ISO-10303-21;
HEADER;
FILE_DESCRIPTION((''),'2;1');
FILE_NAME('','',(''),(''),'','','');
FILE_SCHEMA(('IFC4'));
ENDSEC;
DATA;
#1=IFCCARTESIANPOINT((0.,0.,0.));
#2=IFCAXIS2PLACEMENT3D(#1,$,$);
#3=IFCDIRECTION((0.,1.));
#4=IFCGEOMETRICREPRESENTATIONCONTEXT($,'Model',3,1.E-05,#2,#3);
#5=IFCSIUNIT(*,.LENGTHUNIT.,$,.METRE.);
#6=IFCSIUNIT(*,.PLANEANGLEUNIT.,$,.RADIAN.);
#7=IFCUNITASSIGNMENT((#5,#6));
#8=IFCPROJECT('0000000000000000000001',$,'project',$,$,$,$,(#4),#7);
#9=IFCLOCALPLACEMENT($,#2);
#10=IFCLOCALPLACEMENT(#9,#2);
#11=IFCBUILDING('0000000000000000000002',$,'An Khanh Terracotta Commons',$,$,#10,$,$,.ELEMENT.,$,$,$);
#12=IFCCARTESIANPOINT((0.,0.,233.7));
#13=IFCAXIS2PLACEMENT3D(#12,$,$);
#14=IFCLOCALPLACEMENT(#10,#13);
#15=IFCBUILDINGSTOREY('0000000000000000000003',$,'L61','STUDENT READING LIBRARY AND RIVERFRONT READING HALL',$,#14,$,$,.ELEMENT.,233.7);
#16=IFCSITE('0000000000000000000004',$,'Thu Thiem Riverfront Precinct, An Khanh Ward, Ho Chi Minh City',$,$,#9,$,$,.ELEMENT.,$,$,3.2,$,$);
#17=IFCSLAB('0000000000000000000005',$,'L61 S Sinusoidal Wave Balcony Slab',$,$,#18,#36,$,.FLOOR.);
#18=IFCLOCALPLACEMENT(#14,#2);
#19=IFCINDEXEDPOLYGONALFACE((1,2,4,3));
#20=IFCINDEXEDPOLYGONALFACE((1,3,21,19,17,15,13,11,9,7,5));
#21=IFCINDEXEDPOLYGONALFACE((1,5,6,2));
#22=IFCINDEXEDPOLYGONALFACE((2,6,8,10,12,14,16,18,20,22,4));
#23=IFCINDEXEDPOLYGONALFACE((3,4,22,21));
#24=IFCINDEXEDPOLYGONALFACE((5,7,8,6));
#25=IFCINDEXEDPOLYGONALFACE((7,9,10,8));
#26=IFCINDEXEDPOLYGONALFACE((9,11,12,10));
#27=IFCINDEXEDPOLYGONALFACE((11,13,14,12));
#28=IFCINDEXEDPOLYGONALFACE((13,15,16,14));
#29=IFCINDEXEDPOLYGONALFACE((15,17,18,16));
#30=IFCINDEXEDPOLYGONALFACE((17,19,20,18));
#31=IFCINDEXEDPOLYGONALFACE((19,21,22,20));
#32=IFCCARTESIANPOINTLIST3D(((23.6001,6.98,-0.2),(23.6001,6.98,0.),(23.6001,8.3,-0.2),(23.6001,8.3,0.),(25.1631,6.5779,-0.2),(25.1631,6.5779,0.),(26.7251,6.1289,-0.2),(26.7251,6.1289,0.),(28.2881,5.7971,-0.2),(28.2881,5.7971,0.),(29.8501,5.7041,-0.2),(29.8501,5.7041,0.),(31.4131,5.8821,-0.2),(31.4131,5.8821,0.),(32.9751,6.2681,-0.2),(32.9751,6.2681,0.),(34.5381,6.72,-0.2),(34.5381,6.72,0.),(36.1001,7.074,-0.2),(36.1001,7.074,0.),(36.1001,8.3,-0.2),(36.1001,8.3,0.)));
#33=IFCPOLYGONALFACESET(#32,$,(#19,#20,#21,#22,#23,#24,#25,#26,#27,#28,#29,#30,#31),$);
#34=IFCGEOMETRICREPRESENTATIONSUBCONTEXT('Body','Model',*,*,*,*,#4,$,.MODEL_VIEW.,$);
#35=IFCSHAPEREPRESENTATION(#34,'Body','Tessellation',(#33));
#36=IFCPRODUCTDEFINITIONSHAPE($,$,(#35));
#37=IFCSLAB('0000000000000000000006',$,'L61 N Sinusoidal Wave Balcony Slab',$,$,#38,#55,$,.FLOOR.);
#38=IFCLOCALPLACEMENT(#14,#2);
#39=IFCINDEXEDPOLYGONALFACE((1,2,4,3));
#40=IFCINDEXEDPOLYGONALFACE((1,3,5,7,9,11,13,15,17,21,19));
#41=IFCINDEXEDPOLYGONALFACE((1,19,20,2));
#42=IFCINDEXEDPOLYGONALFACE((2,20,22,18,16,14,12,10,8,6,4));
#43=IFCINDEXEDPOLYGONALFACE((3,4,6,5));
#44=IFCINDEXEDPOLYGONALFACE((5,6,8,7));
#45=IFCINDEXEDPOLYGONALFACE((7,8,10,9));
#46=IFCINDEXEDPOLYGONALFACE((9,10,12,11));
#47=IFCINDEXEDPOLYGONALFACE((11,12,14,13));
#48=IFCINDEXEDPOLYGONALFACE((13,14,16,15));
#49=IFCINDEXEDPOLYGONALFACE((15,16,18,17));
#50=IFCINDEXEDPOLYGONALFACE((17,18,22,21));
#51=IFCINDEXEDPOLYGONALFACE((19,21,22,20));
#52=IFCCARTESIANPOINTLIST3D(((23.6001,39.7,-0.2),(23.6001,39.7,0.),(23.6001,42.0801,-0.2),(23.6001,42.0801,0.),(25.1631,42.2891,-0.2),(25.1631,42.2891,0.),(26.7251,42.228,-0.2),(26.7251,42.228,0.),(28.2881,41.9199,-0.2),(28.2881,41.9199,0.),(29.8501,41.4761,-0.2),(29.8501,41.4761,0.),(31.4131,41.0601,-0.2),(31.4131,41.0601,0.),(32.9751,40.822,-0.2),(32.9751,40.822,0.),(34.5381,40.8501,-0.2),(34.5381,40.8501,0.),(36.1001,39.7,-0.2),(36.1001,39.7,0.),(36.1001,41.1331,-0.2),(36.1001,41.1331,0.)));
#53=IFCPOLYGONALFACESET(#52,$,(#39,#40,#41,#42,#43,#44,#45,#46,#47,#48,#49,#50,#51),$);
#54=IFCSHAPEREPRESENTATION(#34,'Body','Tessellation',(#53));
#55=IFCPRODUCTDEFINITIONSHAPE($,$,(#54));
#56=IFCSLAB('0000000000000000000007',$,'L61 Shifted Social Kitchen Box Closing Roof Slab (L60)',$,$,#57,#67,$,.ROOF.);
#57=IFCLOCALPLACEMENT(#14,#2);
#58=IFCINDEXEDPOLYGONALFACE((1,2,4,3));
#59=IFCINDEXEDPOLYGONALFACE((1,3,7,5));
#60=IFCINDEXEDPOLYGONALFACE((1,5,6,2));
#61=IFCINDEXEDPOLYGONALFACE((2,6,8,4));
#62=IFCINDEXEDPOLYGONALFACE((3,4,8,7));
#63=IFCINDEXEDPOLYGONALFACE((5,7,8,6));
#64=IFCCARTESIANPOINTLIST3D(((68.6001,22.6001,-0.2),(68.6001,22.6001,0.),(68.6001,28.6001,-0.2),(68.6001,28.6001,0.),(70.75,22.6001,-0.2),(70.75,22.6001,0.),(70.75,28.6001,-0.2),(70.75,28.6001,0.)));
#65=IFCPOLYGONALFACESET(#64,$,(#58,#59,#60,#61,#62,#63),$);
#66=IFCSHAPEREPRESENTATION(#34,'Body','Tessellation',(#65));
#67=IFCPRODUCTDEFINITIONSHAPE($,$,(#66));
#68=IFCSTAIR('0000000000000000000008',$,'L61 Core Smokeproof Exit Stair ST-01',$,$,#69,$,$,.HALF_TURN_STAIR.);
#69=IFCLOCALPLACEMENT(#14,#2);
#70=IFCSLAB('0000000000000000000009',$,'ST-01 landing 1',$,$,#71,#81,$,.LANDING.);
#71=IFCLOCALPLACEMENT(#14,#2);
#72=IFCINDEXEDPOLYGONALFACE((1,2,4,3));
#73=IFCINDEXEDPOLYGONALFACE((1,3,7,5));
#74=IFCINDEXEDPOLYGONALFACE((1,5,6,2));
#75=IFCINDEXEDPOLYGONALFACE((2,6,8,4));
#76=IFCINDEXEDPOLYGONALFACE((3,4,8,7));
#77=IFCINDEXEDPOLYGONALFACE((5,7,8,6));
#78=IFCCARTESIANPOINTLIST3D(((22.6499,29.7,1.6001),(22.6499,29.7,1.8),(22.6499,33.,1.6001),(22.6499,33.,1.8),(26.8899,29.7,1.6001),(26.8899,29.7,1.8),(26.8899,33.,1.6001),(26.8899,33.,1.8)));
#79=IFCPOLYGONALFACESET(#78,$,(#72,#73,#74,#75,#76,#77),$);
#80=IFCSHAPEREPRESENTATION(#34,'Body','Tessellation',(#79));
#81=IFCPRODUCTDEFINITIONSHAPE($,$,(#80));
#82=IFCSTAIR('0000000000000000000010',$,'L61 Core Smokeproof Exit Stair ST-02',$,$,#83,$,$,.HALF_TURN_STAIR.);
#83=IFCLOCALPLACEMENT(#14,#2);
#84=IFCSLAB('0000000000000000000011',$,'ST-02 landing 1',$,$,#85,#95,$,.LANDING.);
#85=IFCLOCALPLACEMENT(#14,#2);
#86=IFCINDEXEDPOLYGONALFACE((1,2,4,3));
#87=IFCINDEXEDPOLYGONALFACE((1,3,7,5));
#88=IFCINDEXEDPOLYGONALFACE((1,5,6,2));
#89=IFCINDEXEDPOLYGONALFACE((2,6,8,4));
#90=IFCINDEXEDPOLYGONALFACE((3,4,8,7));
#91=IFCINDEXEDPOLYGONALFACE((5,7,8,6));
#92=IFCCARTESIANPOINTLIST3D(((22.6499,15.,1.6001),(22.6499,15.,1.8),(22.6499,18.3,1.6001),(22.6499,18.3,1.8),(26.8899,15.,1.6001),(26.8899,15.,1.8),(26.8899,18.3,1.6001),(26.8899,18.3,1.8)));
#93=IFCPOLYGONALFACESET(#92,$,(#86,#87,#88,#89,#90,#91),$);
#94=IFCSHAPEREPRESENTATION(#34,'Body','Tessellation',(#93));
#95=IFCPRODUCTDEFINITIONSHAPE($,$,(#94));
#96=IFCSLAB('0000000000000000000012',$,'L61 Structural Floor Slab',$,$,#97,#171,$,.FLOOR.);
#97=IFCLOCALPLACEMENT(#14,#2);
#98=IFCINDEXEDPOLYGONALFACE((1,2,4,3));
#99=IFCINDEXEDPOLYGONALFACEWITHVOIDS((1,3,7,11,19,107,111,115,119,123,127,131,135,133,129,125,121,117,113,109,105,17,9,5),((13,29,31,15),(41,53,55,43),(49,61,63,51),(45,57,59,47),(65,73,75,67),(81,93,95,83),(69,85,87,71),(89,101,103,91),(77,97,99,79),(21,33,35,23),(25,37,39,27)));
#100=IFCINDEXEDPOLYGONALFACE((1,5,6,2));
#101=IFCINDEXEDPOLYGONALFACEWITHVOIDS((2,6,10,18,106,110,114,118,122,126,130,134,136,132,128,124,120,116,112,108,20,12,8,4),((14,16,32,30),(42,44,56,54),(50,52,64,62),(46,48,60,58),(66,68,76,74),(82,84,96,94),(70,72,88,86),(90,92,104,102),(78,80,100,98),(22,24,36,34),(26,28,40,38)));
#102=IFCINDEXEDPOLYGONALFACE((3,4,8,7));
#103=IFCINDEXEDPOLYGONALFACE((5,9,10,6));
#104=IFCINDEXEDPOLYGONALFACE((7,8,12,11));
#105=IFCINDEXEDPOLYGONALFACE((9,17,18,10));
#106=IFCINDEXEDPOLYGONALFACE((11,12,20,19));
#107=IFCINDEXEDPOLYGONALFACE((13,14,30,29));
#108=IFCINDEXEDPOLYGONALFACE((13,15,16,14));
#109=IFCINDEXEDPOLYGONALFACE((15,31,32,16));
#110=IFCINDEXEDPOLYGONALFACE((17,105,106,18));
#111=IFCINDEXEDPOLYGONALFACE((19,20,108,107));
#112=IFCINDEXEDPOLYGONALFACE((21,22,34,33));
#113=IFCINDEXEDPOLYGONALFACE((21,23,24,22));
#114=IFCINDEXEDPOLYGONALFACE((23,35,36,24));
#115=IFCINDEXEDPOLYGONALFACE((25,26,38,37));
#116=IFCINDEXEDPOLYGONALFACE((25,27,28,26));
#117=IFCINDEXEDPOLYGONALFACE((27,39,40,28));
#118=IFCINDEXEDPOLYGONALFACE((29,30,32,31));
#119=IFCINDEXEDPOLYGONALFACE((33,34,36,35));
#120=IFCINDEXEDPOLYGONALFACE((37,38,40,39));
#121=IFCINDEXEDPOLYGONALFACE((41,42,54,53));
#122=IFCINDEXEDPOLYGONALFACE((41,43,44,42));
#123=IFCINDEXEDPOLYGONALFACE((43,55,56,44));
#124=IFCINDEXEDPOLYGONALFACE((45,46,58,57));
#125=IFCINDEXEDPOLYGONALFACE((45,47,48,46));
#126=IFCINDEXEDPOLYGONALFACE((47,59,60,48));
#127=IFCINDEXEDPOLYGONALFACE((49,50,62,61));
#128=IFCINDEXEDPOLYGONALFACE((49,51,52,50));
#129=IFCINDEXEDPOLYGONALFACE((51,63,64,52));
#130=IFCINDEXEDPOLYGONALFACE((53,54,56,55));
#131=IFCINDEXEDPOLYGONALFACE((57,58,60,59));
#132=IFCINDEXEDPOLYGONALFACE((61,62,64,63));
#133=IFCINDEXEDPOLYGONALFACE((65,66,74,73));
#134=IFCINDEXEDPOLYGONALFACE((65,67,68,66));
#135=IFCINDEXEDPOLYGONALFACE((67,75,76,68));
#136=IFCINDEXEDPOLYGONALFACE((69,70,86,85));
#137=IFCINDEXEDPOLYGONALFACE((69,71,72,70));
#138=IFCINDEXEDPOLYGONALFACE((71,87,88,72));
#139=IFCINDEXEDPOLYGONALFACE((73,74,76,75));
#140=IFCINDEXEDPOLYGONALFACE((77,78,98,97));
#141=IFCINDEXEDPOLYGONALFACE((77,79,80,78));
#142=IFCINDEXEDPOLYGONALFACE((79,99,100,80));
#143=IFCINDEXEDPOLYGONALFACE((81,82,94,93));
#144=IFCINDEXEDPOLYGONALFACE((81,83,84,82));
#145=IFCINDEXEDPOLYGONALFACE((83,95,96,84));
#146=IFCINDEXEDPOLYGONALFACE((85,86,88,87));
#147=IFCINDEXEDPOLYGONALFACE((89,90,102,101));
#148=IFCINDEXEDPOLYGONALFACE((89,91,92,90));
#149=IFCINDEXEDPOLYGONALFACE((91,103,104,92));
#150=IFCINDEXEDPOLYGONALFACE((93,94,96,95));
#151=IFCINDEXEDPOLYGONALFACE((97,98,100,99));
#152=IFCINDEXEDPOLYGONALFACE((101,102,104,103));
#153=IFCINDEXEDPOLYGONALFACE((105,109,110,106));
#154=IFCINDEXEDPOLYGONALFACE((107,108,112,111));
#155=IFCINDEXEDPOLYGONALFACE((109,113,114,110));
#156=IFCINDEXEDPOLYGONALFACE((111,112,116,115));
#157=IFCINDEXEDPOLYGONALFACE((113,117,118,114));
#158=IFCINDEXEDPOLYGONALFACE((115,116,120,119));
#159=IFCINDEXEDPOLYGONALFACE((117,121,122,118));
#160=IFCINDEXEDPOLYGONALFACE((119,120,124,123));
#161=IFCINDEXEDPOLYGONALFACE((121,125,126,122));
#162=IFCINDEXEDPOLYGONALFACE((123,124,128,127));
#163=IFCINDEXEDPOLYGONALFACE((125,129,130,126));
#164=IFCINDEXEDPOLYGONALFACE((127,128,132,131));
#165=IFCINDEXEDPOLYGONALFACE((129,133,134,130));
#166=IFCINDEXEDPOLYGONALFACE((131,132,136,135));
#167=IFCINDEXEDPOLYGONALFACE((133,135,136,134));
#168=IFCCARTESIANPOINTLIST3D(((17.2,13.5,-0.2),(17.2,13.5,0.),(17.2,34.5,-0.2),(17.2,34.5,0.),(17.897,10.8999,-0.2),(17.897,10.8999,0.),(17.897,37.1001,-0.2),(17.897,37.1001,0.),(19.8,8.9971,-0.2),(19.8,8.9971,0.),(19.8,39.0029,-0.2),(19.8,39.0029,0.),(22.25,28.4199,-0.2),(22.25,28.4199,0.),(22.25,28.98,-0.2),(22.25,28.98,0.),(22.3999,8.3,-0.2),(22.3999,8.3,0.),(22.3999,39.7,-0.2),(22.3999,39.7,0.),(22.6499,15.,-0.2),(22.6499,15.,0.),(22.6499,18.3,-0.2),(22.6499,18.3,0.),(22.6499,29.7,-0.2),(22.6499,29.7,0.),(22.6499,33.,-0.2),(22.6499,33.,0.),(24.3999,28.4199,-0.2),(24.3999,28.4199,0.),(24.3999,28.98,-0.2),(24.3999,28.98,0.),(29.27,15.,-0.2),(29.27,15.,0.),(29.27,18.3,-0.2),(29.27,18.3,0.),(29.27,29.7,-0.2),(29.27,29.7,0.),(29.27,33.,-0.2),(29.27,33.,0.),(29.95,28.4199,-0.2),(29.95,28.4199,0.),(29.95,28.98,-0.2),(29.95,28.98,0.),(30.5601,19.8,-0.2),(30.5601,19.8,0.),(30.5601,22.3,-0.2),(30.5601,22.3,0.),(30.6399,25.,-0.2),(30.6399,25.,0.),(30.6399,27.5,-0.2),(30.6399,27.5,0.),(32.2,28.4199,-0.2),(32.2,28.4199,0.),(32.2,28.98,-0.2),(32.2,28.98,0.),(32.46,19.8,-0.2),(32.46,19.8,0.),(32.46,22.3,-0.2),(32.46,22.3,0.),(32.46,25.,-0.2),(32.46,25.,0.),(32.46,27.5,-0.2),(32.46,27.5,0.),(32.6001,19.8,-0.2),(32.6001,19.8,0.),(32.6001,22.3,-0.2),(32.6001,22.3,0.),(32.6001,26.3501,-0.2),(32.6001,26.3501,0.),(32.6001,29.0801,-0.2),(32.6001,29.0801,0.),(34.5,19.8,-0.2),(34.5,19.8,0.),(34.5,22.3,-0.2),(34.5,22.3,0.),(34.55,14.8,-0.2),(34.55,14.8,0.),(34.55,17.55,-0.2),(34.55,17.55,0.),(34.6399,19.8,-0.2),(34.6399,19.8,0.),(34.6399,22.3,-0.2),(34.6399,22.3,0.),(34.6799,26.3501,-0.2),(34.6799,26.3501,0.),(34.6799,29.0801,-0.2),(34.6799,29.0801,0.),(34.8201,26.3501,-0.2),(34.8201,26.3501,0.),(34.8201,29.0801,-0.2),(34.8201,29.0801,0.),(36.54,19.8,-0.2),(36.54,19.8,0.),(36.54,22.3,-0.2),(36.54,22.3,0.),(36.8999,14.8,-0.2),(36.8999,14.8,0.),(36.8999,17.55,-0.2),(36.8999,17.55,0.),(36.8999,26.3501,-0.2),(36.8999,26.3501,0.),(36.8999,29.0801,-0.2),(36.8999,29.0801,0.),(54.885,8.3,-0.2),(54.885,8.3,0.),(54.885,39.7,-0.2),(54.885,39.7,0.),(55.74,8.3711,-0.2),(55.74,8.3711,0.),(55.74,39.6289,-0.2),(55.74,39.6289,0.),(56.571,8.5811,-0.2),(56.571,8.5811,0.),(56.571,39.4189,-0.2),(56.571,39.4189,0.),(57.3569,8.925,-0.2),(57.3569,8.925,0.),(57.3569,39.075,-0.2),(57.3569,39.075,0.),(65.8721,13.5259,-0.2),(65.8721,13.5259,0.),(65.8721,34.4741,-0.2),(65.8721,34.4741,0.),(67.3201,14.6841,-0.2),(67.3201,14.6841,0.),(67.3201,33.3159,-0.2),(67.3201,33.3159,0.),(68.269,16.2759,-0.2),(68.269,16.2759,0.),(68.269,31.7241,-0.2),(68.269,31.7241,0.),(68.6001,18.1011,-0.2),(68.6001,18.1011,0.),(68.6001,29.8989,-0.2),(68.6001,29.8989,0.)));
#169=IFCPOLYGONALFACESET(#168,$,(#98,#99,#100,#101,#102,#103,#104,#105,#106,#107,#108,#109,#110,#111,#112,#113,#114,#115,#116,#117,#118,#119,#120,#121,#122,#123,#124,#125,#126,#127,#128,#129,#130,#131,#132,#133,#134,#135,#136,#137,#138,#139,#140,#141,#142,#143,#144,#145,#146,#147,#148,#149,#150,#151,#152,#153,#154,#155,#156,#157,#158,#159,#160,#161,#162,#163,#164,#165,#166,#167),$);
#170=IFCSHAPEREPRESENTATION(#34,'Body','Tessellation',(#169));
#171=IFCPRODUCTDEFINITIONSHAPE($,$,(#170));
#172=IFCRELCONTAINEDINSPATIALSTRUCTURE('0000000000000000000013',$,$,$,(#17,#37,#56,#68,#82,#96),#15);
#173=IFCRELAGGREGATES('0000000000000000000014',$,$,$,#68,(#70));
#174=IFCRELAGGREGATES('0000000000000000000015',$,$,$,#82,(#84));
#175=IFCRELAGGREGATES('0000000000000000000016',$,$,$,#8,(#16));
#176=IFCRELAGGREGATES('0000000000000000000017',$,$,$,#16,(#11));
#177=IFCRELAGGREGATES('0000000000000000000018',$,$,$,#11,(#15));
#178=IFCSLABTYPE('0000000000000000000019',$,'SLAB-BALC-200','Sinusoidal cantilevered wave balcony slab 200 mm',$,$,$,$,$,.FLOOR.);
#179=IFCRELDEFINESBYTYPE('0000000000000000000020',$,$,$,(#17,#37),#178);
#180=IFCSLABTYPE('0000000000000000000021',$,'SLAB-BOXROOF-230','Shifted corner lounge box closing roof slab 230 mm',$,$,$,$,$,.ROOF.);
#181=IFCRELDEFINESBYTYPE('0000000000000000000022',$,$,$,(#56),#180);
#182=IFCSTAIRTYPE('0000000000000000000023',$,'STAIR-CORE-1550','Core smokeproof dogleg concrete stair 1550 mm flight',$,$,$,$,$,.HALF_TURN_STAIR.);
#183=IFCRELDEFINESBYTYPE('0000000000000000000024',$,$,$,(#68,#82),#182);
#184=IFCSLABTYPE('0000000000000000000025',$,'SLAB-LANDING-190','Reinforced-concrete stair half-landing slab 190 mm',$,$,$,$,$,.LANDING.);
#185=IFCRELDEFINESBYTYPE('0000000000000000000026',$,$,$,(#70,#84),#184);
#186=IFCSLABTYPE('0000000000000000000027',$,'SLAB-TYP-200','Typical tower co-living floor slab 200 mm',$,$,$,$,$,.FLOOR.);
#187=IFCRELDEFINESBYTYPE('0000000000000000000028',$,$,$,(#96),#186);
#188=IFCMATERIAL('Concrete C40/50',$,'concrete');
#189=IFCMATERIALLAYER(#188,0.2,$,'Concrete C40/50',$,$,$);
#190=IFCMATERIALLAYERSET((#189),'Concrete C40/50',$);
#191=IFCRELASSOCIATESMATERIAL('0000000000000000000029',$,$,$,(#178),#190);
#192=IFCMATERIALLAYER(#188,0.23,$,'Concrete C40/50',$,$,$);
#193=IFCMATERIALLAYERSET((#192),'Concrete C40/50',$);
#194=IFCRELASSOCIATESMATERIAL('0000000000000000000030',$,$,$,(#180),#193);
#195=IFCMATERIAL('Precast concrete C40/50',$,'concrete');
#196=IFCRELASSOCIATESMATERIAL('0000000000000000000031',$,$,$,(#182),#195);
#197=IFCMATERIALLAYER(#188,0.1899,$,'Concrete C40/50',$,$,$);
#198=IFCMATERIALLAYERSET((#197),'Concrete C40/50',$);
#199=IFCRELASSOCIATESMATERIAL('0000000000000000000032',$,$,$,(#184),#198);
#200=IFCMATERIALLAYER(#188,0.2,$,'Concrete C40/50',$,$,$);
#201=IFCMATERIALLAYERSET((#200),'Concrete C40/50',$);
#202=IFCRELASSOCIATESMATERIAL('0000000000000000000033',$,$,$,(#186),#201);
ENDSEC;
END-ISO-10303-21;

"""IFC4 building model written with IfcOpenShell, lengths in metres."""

from ifc_helpers import new_model, si_unit, direction, frame, origin, place, context, subcontext, project, spatial, polyline, outline, extrude, material, layer, layer_set, type_object, element, aggregate, save


model = new_model("IFC4")

# Units and contexts
model_context = context("Model", 3, precision=1e-05, world=origin(), true_north=direction((0.0, 1.0)))
body_context = subcontext(model_context, "Body", "Model", "MODEL_VIEW")
ifc_project = project(units=[si_unit("LENGTHUNIT", "METRE"), si_unit("PLANEANGLEUNIT", "RADIAN")], contexts=[model_context])

# Site, building, storey
site_placement = place(None, origin())
site = spatial("IfcSite", under=ifc_project, at=site_placement, Name="Thu Thiem Riverfront Precinct, An Khanh Ward, Ho Chi Minh City", CompositionType="ELEMENT", RefElevation=3.2)
building_placement = place(site_placement, origin())
building = spatial("IfcBuilding", under=site, at=building_placement, Name="An Khanh Terracotta Commons", CompositionType="ELEMENT")
storey_placement = place(building_placement, frame((0.0, 0.0, 233.7)))
storey = spatial("IfcBuildingStorey", under=building, at=storey_placement, Name="L61", Description="STUDENT READING LIBRARY AND RIVERFRONT READING HALL", CompositionType="ELEMENT", Elevation=233.7)

# Slabs
ifc_material_1 = material(Name="Concrete C40/50", Category="concrete")
ifc_layer_1 = layer(ifc_material_1, 0.2, Name="Concrete C40/50")
ifc_layer_set_1 = layer_set([ifc_layer_1], Name="Concrete C40/50")
slab_type_1 = type_object("IfcSlabType", Name="SLAB-BALC-200", Description="Sinusoidal cantilevered wave balcony slab 200 mm", PredefinedType="FLOOR", material=ifc_layer_set_1)
slab_1_placement = place(storey_placement, frame((0.0, 0.0, -0.2)))
element("IfcSlab", 1, at=slab_1_placement, inside=storey, type_object=slab_type_1, Name="L61 S Sinusoidal Wave Balcony Slab", PredefinedType="FLOOR", context=body_context, shape_type="SweptSolid", body=[
    extrude(outline(polyline([(23.6001, 8.3), (23.6001, 6.98), (25.1631, 6.5779), (26.7251, 6.1289), (28.2881, 5.7971), (29.8501, 5.7041), (31.4131, 5.8821), (32.9751, 6.2681), (34.5381, 6.72), (36.1001, 7.074), (36.1001, 8.3), (23.6001, 8.3)])), origin(), (0.0, 0.0, 1.0), 0.2),
])
slab_2_placement = place(storey_placement, frame((0.0, 0.0, -0.2)))
element("IfcSlab", 2, at=slab_2_placement, inside=storey, type_object=slab_type_1, Name="L61 N Sinusoidal Wave Balcony Slab", PredefinedType="FLOOR", context=body_context, shape_type="SweptSolid", body=[
    extrude(outline(polyline([(36.1001, 39.7), (36.1001, 41.1331), (34.5381, 40.8501), (32.9751, 40.822), (31.4131, 41.0601), (29.8501, 41.4761), (28.2881, 41.9199), (26.7251, 42.228), (25.1631, 42.2891), (23.6001, 42.0801), (23.6001, 39.7), (36.1001, 39.7)])), origin(), (0.0, 0.0, 1.0), 0.2),
])
ifc_layer_2 = layer(ifc_material_1, 0.23, Name="Concrete C40/50")
ifc_layer_set_2 = layer_set([ifc_layer_2], Name="Concrete C40/50")
slab_type_2 = type_object("IfcSlabType", Name="SLAB-BOXROOF-230", Description="Shifted corner lounge box closing roof slab 230 mm", PredefinedType="ROOF", material=ifc_layer_set_2)
slab_3_placement = place(storey_placement, frame((0.0, 0.0, -0.2)))
element("IfcSlab", 3, at=slab_3_placement, inside=storey, type_object=slab_type_2, Name="L61 Shifted Social Kitchen Box Closing Roof Slab (L60)", PredefinedType="ROOF", context=body_context, shape_type="SweptSolid", body=[
    extrude(outline(polyline([(68.6001, 22.6001), (70.75, 22.6001), (70.75, 28.6001), (68.6001, 28.6001), (68.6001, 22.6001)])), origin(), (0.0, 0.0, 1.0), 0.2),
])

# Stairs, slabs
ifc_material_2 = material(Name="Precast concrete C40/50", Category="concrete")
stair_type = type_object("IfcStairType", Name="STAIR-CORE-1550", Description="Core smokeproof dogleg concrete stair 1550 mm flight", PredefinedType="HALF_TURN_STAIR", material=ifc_material_2)
stair_1_placement = place(storey_placement, origin())
stair_1 = element("IfcStair", 4, at=stair_1_placement, inside=storey, type_object=stair_type, Name="L61 Core Smokeproof Exit Stair ST-01", PredefinedType="HALF_TURN_STAIR")
ifc_layer_3 = layer(ifc_material_1, 0.1899, Name="Concrete C40/50")
ifc_layer_set_3 = layer_set([ifc_layer_3], Name="Concrete C40/50")
slab_type_3 = type_object("IfcSlabType", Name="SLAB-LANDING-190", Description="Reinforced-concrete stair half-landing slab 190 mm", PredefinedType="LANDING", material=ifc_layer_set_3)
slab_4_placement = place(storey_placement, frame((0.0, 0.0, 1.6001)))
slab_4 = element("IfcSlab", 5, at=slab_4_placement, type_object=slab_type_3, Name="ST-01 landing 1", PredefinedType="LANDING", context=body_context, shape_type="SweptSolid", body=[
    extrude(outline(polyline([(26.8899, 33.0), (22.6499, 33.0), (22.6499, 29.7), (26.8899, 29.7), (26.8899, 33.0)])), origin(), (0.0, 0.0, 1.0), 0.2),
])
aggregate(stair_1, [slab_4])
stair_2_placement = place(storey_placement, origin())
stair_2 = element("IfcStair", 6, at=stair_2_placement, inside=storey, type_object=stair_type, Name="L61 Core Smokeproof Exit Stair ST-02", PredefinedType="HALF_TURN_STAIR")
slab_5_placement = place(storey_placement, frame((0.0, 0.0, 1.6001)))
slab_5 = element("IfcSlab", 7, at=slab_5_placement, type_object=slab_type_3, Name="ST-02 landing 1", PredefinedType="LANDING", context=body_context, shape_type="SweptSolid", body=[
    extrude(outline(polyline([(26.8899, 18.3), (22.6499, 18.3), (22.6499, 15.0), (26.8899, 15.0), (26.8899, 18.3)])), origin(), (0.0, 0.0, 1.0), 0.2),
])
aggregate(stair_2, [slab_5])

# Slab
ifc_layer_4 = layer(ifc_material_1, 0.2, Name="Concrete C40/50")
ifc_layer_set_4 = layer_set([ifc_layer_4], Name="Concrete C40/50")
slab_type_4 = type_object("IfcSlabType", Name="SLAB-TYP-200", Description="Typical tower co-living floor slab 200 mm", PredefinedType="FLOOR", material=ifc_layer_set_4)
slab_6_placement = place(storey_placement, frame((0.0, 0.0, -0.2)))
element("IfcSlab", 8, at=slab_6_placement, inside=storey, type_object=slab_type_4, Name="L61 Structural Floor Slab", PredefinedType="FLOOR", context=body_context, shape_type="SweptSolid", body=[
    extrude(outline(polyline([(17.2, 13.5), (17.897, 10.8999), (19.8, 8.9971), (22.3999, 8.3), (54.885, 8.3), (55.74, 8.3711), (56.571, 8.5811), (57.3569, 8.925), (65.8721, 13.5259), (67.3201, 14.6841), (68.269, 16.2759), (68.6001, 18.1011), (68.6001, 29.8989), (68.269, 31.7241), (67.3201, 33.3159), (65.8721, 34.4741), (57.3569, 39.075), (56.571, 39.4189), (55.74, 39.6289), (54.885, 39.7), (22.3999, 39.7), (19.8, 39.0029), (17.897, 37.1001), (17.2, 34.5), (17.2, 13.5)]), holes=[polyline([(22.6499, 29.7), (29.27, 29.7), (29.27, 33.0), (22.6499, 33.0), (22.6499, 29.7)]), polyline([(22.6499, 15.0), (29.27, 15.0), (29.27, 18.3), (22.6499, 18.3), (22.6499, 15.0)]), polyline([(32.6001, 26.3501), (34.6799, 26.3501), (34.6799, 29.0801), (32.6001, 29.0801), (32.6001, 26.3501)]), polyline([(34.8201, 26.3501), (36.8999, 26.3501), (36.8999, 29.0801), (34.8201, 29.0801), (34.8201, 26.3501)]), polyline([(34.55, 14.8), (36.8999, 14.8), (36.8999, 17.55), (34.55, 17.55), (34.55, 14.8)]), polyline([(30.6399, 25.0), (32.46, 25.0), (32.46, 27.5), (30.6399, 27.5), (30.6399, 25.0)]), polyline([(30.5601, 19.8), (32.46, 19.8), (32.46, 22.3), (30.5601, 22.3), (30.5601, 19.8)]), polyline([(32.6001, 19.8), (34.5, 19.8), (34.5, 22.3), (32.6001, 22.3), (32.6001, 19.8)]), polyline([(34.6399, 19.8), (36.54, 19.8), (36.54, 22.3), (34.6399, 22.3), (34.6399, 19.8)]), polyline([(22.25, 28.4199), (24.3999, 28.4199), (24.3999, 28.98), (22.25, 28.98), (22.25, 28.4199)]), polyline([(29.95, 28.4199), (32.2, 28.4199), (32.2, 28.98), (29.95, 28.98), (29.95, 28.4199)])]), origin(), (0.0, 0.0, 1.0), 0.2),
])

save(model, "model.ifc")
